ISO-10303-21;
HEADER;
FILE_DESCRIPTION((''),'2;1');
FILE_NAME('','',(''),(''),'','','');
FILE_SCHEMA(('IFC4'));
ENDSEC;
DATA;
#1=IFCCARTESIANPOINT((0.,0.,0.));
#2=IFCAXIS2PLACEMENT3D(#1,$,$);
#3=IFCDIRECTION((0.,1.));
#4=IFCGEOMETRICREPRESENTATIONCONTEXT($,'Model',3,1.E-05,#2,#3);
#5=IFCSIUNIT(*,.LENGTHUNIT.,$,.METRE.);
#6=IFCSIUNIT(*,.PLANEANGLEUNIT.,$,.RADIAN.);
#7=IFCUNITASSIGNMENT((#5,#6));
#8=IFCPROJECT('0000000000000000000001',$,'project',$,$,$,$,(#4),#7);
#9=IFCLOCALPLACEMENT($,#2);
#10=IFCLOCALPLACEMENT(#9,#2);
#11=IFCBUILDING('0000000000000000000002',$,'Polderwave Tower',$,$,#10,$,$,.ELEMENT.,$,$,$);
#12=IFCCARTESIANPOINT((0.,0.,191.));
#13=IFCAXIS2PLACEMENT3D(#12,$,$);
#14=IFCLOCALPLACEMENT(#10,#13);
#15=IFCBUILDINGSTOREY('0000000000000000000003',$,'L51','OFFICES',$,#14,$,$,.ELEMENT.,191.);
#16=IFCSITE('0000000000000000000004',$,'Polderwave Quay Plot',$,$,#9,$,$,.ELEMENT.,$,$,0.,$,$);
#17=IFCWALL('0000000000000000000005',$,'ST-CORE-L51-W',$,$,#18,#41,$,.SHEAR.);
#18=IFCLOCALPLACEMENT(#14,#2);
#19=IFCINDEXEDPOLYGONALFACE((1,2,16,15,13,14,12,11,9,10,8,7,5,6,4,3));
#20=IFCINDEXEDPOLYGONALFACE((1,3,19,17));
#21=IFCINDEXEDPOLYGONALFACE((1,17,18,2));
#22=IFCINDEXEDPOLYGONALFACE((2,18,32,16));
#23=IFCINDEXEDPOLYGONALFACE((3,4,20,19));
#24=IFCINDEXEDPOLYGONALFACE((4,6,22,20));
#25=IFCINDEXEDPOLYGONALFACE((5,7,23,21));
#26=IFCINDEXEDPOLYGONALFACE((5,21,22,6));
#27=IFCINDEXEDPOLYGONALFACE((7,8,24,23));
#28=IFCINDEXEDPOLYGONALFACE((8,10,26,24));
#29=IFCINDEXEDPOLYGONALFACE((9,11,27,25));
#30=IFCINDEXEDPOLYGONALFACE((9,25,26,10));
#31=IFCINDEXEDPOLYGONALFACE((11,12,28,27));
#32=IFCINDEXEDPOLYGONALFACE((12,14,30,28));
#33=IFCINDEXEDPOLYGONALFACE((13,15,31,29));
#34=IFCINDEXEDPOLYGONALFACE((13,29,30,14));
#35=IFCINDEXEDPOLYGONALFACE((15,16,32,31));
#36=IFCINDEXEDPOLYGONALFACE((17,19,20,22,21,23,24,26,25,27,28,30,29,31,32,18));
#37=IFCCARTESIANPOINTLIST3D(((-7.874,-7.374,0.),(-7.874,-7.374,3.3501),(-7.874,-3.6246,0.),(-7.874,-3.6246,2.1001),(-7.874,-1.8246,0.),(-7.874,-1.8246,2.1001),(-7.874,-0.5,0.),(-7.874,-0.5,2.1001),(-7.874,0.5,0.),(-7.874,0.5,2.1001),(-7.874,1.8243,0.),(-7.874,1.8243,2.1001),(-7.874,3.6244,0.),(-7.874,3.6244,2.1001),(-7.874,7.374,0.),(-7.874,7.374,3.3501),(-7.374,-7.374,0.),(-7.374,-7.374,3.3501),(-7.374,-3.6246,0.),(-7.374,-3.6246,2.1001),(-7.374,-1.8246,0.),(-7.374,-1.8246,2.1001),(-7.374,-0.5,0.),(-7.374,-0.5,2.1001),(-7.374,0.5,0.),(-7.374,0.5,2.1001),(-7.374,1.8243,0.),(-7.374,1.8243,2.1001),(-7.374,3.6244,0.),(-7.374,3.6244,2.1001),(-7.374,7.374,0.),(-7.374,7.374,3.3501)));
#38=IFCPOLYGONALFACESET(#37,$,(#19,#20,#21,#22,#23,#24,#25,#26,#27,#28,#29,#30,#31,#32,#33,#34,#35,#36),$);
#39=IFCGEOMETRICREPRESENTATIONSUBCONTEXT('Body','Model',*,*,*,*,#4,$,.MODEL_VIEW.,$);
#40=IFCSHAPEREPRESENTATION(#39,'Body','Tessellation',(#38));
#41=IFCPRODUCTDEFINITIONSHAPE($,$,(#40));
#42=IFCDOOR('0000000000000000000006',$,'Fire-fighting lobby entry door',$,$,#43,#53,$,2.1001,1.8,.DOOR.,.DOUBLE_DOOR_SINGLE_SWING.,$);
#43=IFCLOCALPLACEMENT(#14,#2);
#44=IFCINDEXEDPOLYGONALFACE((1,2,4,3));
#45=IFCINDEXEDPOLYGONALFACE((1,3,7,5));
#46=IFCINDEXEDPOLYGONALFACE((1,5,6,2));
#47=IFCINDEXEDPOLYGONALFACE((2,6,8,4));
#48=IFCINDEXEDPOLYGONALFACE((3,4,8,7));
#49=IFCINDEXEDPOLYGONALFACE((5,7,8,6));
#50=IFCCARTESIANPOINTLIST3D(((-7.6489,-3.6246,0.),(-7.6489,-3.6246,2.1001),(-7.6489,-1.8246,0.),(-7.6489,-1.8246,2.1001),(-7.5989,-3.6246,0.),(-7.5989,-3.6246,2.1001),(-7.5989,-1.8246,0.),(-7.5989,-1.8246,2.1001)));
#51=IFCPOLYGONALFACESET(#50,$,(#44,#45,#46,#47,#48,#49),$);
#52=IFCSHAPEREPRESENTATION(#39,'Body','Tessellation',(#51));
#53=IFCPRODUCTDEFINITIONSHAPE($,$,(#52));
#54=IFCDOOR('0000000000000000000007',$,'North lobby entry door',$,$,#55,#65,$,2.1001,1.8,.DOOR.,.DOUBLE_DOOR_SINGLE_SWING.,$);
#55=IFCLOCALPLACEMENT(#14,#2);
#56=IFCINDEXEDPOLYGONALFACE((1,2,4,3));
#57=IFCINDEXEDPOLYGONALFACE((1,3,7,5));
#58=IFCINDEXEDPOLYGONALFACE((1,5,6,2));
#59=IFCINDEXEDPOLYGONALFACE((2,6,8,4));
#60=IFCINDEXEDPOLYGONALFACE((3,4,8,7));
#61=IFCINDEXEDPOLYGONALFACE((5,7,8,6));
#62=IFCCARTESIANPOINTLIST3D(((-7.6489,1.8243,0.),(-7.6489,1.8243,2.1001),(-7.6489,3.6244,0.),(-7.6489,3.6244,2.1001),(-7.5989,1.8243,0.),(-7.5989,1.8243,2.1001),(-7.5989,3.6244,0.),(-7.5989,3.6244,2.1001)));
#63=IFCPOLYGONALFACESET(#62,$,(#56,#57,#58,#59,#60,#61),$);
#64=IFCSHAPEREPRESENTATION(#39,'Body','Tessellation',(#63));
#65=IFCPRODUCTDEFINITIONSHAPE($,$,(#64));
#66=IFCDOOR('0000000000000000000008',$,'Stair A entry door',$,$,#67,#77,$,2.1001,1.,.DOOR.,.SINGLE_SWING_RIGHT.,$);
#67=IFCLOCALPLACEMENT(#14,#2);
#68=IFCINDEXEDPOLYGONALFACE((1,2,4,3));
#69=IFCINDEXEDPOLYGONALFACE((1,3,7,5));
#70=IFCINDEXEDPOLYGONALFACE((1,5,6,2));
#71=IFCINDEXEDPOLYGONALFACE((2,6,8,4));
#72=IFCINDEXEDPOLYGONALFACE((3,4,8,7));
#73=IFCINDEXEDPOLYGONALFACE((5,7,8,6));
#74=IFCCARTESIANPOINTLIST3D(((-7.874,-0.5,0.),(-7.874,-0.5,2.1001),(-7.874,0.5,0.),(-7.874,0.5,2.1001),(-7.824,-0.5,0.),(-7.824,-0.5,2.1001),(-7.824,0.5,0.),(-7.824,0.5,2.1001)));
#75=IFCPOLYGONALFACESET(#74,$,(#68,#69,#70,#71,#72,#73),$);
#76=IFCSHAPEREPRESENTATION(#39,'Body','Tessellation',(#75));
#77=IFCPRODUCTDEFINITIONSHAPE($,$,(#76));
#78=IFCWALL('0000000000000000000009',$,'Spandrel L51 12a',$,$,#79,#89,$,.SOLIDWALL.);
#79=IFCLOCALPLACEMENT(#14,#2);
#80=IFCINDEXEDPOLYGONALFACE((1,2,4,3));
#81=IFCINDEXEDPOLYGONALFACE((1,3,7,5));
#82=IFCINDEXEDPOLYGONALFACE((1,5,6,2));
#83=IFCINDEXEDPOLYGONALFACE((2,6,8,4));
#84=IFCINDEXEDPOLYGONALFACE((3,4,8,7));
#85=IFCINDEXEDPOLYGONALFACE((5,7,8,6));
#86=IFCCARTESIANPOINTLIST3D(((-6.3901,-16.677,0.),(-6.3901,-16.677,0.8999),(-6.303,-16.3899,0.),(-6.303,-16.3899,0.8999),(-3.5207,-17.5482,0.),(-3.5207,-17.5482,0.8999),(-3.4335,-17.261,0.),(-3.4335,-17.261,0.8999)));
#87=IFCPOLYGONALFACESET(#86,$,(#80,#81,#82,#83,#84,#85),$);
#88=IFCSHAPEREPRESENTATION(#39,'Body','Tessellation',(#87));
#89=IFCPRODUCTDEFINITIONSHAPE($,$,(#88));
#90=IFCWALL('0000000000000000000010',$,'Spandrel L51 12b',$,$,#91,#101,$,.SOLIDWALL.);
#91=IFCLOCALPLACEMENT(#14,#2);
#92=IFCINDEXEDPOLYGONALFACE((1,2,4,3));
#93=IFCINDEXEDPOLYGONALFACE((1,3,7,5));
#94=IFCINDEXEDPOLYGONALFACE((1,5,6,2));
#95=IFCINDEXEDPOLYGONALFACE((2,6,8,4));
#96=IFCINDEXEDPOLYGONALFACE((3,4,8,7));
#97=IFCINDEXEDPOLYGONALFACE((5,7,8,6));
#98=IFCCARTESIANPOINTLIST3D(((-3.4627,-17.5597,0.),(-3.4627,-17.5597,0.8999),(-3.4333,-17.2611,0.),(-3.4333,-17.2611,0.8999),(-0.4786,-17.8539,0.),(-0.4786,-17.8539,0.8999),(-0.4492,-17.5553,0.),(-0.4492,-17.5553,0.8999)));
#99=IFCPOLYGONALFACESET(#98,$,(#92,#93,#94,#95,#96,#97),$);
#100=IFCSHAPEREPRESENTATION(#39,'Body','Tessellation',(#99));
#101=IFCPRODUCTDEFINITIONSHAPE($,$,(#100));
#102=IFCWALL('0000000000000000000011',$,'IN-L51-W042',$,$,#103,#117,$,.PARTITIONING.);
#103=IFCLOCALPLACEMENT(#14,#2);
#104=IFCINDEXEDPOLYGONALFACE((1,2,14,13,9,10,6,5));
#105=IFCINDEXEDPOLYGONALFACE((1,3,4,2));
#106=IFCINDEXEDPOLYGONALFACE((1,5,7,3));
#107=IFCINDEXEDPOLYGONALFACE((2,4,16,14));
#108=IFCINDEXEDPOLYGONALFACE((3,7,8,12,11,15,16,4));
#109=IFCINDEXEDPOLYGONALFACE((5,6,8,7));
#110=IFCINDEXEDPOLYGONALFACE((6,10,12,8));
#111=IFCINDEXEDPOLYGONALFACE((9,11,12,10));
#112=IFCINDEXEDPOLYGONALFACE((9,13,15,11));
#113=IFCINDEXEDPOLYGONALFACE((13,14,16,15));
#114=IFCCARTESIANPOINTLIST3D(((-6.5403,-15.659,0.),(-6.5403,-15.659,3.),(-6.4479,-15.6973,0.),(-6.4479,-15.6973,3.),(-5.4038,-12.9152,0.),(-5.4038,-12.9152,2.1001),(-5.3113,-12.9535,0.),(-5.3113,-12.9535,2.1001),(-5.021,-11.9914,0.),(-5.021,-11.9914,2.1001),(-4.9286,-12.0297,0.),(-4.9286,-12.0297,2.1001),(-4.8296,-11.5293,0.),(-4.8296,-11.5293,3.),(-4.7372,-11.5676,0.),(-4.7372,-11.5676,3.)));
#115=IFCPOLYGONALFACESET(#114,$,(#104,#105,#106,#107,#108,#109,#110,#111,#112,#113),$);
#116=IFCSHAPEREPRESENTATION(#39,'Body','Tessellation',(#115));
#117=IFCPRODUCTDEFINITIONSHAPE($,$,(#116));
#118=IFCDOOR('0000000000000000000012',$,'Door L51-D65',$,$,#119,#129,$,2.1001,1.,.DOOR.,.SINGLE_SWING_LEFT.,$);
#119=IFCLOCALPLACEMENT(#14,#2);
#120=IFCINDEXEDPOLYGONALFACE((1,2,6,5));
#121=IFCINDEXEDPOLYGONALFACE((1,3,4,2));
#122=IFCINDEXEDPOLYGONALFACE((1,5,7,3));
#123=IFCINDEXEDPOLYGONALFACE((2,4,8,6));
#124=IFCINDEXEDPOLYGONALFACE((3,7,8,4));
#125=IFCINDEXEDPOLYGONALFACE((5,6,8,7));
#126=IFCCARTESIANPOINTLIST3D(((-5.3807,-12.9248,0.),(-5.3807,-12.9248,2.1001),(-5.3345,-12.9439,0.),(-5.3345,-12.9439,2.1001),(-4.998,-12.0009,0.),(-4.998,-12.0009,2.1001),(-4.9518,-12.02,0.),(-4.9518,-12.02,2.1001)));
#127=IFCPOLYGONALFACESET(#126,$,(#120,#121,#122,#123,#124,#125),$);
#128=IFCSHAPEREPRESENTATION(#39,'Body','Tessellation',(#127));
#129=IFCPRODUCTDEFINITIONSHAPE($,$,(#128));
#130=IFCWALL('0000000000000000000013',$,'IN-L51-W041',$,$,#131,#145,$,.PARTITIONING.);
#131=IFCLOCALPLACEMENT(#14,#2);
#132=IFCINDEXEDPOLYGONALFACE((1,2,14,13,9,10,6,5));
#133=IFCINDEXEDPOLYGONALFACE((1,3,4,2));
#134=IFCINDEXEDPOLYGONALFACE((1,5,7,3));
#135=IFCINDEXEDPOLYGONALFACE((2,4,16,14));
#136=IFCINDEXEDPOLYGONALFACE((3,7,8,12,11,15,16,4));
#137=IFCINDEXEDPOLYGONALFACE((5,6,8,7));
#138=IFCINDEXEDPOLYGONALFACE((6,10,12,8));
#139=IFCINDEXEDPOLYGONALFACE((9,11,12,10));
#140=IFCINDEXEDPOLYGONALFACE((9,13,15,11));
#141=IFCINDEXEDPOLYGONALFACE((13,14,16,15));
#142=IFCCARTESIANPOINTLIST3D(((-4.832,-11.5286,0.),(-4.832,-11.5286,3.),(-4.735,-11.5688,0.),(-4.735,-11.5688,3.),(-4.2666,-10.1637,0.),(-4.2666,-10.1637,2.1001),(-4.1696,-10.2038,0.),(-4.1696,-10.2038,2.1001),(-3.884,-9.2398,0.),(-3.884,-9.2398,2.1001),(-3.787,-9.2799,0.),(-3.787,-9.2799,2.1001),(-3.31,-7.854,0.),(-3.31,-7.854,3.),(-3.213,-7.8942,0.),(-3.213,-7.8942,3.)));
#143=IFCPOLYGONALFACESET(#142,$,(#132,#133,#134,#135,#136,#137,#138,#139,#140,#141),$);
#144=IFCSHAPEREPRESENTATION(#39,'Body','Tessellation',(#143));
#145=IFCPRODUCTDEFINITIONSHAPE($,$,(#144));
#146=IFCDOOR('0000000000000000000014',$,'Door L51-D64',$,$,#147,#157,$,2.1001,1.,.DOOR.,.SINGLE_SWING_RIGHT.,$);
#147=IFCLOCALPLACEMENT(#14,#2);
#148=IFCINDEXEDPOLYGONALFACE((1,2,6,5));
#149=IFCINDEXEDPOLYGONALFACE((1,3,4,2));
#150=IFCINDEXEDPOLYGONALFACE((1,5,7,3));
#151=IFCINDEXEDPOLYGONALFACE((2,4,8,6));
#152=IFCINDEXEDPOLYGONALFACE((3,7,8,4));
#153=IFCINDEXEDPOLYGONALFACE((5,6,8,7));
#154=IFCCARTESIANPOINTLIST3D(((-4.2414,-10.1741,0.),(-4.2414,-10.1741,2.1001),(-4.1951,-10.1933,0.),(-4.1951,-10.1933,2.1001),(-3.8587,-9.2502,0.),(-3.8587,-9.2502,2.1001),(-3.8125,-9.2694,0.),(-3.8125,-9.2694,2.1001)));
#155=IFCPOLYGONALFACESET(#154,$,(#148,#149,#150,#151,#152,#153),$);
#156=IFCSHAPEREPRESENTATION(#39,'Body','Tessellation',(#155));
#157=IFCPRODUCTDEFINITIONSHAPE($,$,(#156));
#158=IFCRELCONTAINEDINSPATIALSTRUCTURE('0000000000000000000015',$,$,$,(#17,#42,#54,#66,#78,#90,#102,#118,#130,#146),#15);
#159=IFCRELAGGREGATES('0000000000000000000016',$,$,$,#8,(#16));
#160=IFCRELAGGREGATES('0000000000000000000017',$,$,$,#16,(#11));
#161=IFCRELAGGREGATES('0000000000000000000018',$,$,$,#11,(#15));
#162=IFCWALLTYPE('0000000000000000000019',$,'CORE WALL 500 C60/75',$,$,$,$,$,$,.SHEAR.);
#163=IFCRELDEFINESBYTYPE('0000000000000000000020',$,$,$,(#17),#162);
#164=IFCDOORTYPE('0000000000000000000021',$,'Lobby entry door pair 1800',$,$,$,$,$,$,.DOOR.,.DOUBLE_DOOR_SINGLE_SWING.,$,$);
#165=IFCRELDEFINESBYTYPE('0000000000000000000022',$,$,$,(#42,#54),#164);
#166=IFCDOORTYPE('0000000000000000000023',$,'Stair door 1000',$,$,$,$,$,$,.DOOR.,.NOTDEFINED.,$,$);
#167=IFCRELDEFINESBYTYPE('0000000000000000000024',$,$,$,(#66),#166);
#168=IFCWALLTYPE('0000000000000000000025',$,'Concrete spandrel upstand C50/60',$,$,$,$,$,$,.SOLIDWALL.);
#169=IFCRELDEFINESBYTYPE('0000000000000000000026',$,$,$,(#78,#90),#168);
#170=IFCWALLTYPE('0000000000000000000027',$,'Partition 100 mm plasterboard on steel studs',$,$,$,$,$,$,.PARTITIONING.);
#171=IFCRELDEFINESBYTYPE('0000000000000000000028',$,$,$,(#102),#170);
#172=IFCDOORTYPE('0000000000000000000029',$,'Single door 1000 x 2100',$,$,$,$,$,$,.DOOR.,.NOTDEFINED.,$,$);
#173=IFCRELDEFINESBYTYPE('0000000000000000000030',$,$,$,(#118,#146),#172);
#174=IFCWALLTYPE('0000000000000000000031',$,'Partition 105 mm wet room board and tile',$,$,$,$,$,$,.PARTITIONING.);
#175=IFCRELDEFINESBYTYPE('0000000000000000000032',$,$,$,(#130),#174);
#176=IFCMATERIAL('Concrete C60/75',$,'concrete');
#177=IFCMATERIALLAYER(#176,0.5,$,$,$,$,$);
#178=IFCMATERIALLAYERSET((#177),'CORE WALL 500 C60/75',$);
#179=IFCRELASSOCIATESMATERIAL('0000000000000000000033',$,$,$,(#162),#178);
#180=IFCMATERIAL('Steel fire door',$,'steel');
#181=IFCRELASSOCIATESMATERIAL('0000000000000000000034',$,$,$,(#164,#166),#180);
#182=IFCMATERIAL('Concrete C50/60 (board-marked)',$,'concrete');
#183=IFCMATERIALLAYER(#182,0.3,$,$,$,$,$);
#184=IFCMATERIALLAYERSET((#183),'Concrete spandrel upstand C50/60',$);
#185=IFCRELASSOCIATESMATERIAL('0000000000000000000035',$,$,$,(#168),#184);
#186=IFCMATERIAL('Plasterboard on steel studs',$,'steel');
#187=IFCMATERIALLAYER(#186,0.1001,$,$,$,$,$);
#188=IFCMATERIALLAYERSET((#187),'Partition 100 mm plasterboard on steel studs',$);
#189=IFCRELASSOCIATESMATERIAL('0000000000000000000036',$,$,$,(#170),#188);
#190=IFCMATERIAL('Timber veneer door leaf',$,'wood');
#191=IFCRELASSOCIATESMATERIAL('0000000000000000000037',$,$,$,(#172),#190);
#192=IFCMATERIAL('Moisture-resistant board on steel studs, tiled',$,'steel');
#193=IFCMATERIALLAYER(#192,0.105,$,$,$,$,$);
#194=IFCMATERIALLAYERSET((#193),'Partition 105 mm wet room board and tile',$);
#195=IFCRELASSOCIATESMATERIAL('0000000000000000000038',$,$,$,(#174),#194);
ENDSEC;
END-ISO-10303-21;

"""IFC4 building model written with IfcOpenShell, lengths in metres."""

from ifc_helpers import new_model, si_unit, direction, frame, frame_2d, origin, place, context, subcontext, project, spatial, rectangle, extrude, material, layer, layer_set, type_object, element, fill, save


model = new_model("IFC4")

# Units and contexts
model_context = context("Model", 3, precision=1e-05, world=origin(), true_north=direction((0.0, 1.0)))
body_context = subcontext(model_context, "Body", "Model", "MODEL_VIEW")
ifc_project = project(units=[si_unit("LENGTHUNIT", "METRE"), si_unit("PLANEANGLEUNIT", "RADIAN")], contexts=[model_context])

# Site, building, storey
site_placement = place(None, origin())
site = spatial("IfcSite", under=ifc_project, at=site_placement, Name="Polderwave Quay Plot", CompositionType="ELEMENT", RefElevation=0.0)
building_placement = place(site_placement, origin())
building = spatial("IfcBuilding", under=site, at=building_placement, Name="Polderwave Tower", CompositionType="ELEMENT")
storey_placement = place(building_placement, frame((0.0, 0.0, 191.0)))
storey = spatial("IfcBuildingStorey", under=building, at=storey_placement, Name="L51", Description="OFFICES", CompositionType="ELEMENT", Elevation=191.0)

# Shared definitions
ifc_material_1 = material(Name="Concrete C60/75", Category="concrete")

# Wall, openings, doors
ifc_layer_1 = layer(ifc_material_1, 0.5)
ifc_layer_set_1 = layer_set([ifc_layer_1], Name="CORE WALL 500 C60/75")
wall_type_1 = type_object("IfcWallType", Name="CORE WALL 500 C60/75", PredefinedType="SHEAR", material=ifc_layer_set_1)
wall_1_placement = place(storey_placement, frame((-7.624, -7.374, 0.0), z_axis=(0.0, 0.0, 1.0), x_axis=(0.0, 1.0, 0.0)))
wall_1 = element("IfcWall", 1, at=wall_1_placement, inside=storey, type_object=wall_type_1, Name="ST-CORE-L51-W", PredefinedType="SHEAR", context=body_context, shape_type="SweptSolid", body=[
    extrude(rectangle(XDim=14.748, YDim=0.5, at=frame_2d((7.374, 0.0))), origin(), (0.0, 0.0, 1.0), 3.3501),
])
opening_1_placement = place(wall_1_placement, frame((6.874, 0.0, 0.0)))
opening_1 = element("IfcOpeningElement", 2, at=opening_1_placement, cuts=wall_1, PredefinedType="OPENING", context=body_context, shape_type="SweptSolid", body=[
    extrude(rectangle(XDim=1.0, YDim=2.1001, at=frame_2d((0.5, 1.05))), frame((0.0, 0.26, 0.0), z_axis=(0.0, -1.0, 0.0), x_axis=(1.0, 0.0, 0.0)), (0.0, 0.0, 1.0), 0.52),
])
opening_2_placement = place(wall_1_placement, frame((3.7495, 0.0, 0.0)))
opening_2 = element("IfcOpeningElement", 3, at=opening_2_placement, cuts=wall_1, PredefinedType="OPENING", context=body_context, shape_type="SweptSolid", body=[
    extrude(rectangle(XDim=1.8, YDim=2.1001, at=frame_2d((0.8999, 1.05))), frame((0.0, 0.26, 0.0), z_axis=(0.0, -1.0, 0.0), x_axis=(1.0, 0.0, 0.0)), (0.0, 0.0, 1.0), 0.52),
])
opening_3_placement = place(wall_1_placement, frame((9.1985, 0.0, 0.0)))
opening_3 = element("IfcOpeningElement", 4, at=opening_3_placement, cuts=wall_1, PredefinedType="OPENING", context=body_context, shape_type="SweptSolid", body=[
    extrude(rectangle(XDim=1.8, YDim=2.1001, at=frame_2d((0.8999, 1.05))), frame((0.0, 0.26, 0.0), z_axis=(0.0, -1.0, 0.0), x_axis=(1.0, 0.0, 0.0)), (0.0, 0.0, 1.0), 0.52),
])
ifc_material_2 = material(Name="Steel fire door", Category="steel")
door_type_1 = type_object("IfcDoorType", Name="Lobby entry door pair 1800", OperationType="DOUBLE_DOOR_SINGLE_SWING", PredefinedType="DOOR", material=ifc_material_2)
door_1_placement = place(opening_2_placement, origin())
door_1 = element("IfcDoor", 5, at=door_1_placement, inside=storey, type_object=door_type_1, Name="Fire-fighting lobby entry door", OperationType="DOUBLE_DOOR_SINGLE_SWING", OverallHeight=2.1001, OverallWidth=1.8, PredefinedType="DOOR", context=body_context, shape_type="SweptSolid", body=[
    extrude(rectangle(XDim=1.8, YDim=2.1001, at=frame_2d((0.8999, 1.05))), frame((0.0, 0.0249, 0.0), z_axis=(0.0, -1.0, 0.0), x_axis=(1.0, 0.0, 0.0)), (0.0, 0.0, 1.0), 0.05),
])
fill(opening_2, door_1)
door_2_placement = place(opening_3_placement, origin())
door_2 = element("IfcDoor", 6, at=door_2_placement, inside=storey, type_object=door_type_1, Name="North lobby entry door", OperationType="DOUBLE_DOOR_SINGLE_SWING", OverallHeight=2.1001, OverallWidth=1.8, PredefinedType="DOOR", context=body_context, shape_type="SweptSolid", body=[
    extrude(rectangle(XDim=1.8, YDim=2.1001, at=frame_2d((0.8999, 1.05))), frame((0.0, 0.0249, 0.0), z_axis=(0.0, -1.0, 0.0), x_axis=(1.0, 0.0, 0.0)), (0.0, 0.0, 1.0), 0.05),
])
fill(opening_3, door_2)
door_type_2 = type_object("IfcDoorType", Name="Stair door 1000", OperationType="NOTDEFINED", PredefinedType="DOOR", material=ifc_material_2)
door_3_placement = place(opening_1_placement, origin())
door_3 = element("IfcDoor", 7, at=door_3_placement, inside=storey, type_object=door_type_2, Name="Stair A entry door", OperationType="SINGLE_SWING_RIGHT", OverallHeight=2.1001, OverallWidth=1.0, PredefinedType="DOOR", context=body_context, shape_type="SweptSolid", body=[
    extrude(rectangle(XDim=1.0, YDim=2.1001, at=frame_2d((0.5, 1.05))), frame((0.0, 0.25, 0.0), z_axis=(0.0, -1.0, 0.0), x_axis=(1.0, 0.0, 0.0)), (0.0, 0.0, 1.0), 0.05),
])
fill(opening_1, door_3)

# Walls
ifc_material_3 = material(Name="Concrete C50/60 (board-marked)", Category="concrete")
ifc_layer_2 = layer(ifc_material_3, 0.3)
ifc_layer_set_2 = layer_set([ifc_layer_2], Name="Concrete spandrel upstand C50/60")
wall_type_2 = type_object("IfcWallType", Name="Concrete spandrel upstand C50/60", PredefinedType="SOLIDWALL", material=ifc_layer_set_2)
wall_2_placement = place(storey_placement, frame((-6.3467, -16.5334, 0.0), z_axis=(0.0, 0.0, 1.0), x_axis=(0.956878, -0.290491, 0.0)))
element("IfcWall", 8, at=wall_2_placement, inside=storey, type_object=wall_type_2, Name="Spandrel L51 12a", PredefinedType="SOLIDWALL", context=body_context, shape_type="SweptSolid", body=[
    extrude(rectangle(XDim=2.9988, YDim=0.3, at=frame_2d((1.4995, 0.0))), origin(), (0.0, 0.0, 1.0), 0.8999),
])
wall_3_placement = place(storey_placement, frame((-3.448, -17.4104, 0.0), z_axis=(0.0, 0.0, 1.0), x_axis=(0.995176, -0.098109, 0.0)))
element("IfcWall", 9, at=wall_3_placement, inside=storey, type_object=wall_type_2, Name="Spandrel L51 12b", PredefinedType="SOLIDWALL", context=body_context, shape_type="SweptSolid", body=[
    extrude(rectangle(XDim=2.9985, YDim=0.3, at=frame_2d((1.4993, 0.0))), origin(), (0.0, 0.0, 1.0), 0.8999),
])

# Walls, openings, doors
ifc_material_4 = material(Name="Plasterboard on steel studs", Category="steel")
ifc_layer_3 = layer(ifc_material_4, 0.1001)
ifc_layer_set_3 = layer_set([ifc_layer_3], Name="Partition 100 mm plasterboard on steel studs")
wall_type_3 = type_object("IfcWallType", Name="Partition 100 mm plasterboard on steel studs", PredefinedType="PARTITIONING", material=ifc_layer_set_3)
wall_4_placement = place(storey_placement, frame((-4.7834, -11.5486, 0.0), z_axis=(0.0, 0.0, 1.0), x_axis=(-0.38271, -0.923868, 0.0)))
wall_4 = element("IfcWall", 10, at=wall_4_placement, inside=storey, type_object=wall_type_3, Name="IN-L51-W042", PredefinedType="PARTITIONING", context=body_context, shape_type="SweptSolid", body=[
    extrude(rectangle(XDim=4.47, YDim=0.1001, at=frame_2d((2.2349, 0.0))), origin(), (0.0, 0.0, 1.0), 3.0),
])
opening_4_placement = place(wall_4_placement, frame((0.5, 0.0, 0.0)))
opening_4 = element("IfcOpeningElement", 11, at=opening_4_placement, cuts=wall_4, PredefinedType="OPENING", context=body_context, shape_type="SweptSolid", body=[
    extrude(rectangle(XDim=1.0, YDim=2.1001, at=frame_2d((0.5, 1.05))), frame((0.0, 0.0601, 0.0), z_axis=(0.0, -1.0, 0.0), x_axis=(1.0, 0.0, 0.0)), (0.0, 0.0, 1.0), 0.1201),
])
ifc_material_5 = material(Name="Timber veneer door leaf", Category="wood")
door_type_3 = type_object("IfcDoorType", Name="Single door 1000 x 2100", OperationType="NOTDEFINED", PredefinedType="DOOR", material=ifc_material_5)
door_4_placement = place(opening_4_placement, origin())
door_4 = element("IfcDoor", 12, at=door_4_placement, inside=storey, type_object=door_type_3, Name="Door L51-D65", OperationType="SINGLE_SWING_LEFT", OverallHeight=2.1001, OverallWidth=1.0, PredefinedType="DOOR", context=body_context, shape_type="SweptSolid", body=[
    extrude(rectangle(XDim=1.0, YDim=2.1001, at=frame_2d((0.5, 1.05))), frame((0.0, 0.0249, 0.0), z_axis=(0.0, -1.0, 0.0), x_axis=(1.0, 0.0, 0.0)), (0.0, 0.0, 1.0), 0.05),
])
fill(opening_4, door_4)
ifc_material_6 = material(Name="Moisture-resistant board on steel studs, tiled", Category="steel")
ifc_layer_4 = layer(ifc_material_6, 0.105)
ifc_layer_set_4 = layer_set([ifc_layer_4], Name="Partition 105 mm wet room board and tile")
wall_type_4 = type_object("IfcWallType", Name="Partition 105 mm wet room board and tile", PredefinedType="PARTITIONING", material=ifc_layer_set_4)
wall_5_placement = place(storey_placement, frame((-3.2615, -7.874, 0.0), z_axis=(0.0, 0.0, 1.0), x_axis=(-0.382666, -0.923887, 0.0)))
wall_5 = element("IfcWall", 13, at=wall_5_placement, inside=storey, type_object=wall_type_4, Name="IN-L51-W041", PredefinedType="PARTITIONING", context=body_context, shape_type="SweptSolid", body=[
    extrude(rectangle(XDim=3.9773, YDim=0.105, at=frame_2d((1.9888, 0.0))), origin(), (0.0, 0.0, 1.0), 3.0),
])
opening_5_placement = place(wall_5_placement, frame((1.5, 0.0, 0.0)))
opening_5 = element("IfcOpeningElement", 14, at=opening_5_placement, cuts=wall_5, PredefinedType="OPENING", context=body_context, shape_type="SweptSolid", body=[
    extrude(rectangle(XDim=1.0, YDim=2.1001, at=frame_2d((0.5, 1.05))), frame((0.0, 0.0625, 0.0), z_axis=(0.0, -1.0, 0.0), x_axis=(1.0, 0.0, 0.0)), (0.0, 0.0, 1.0), 0.125),
])
door_5_placement = place(opening_5_placement, origin())
door_5 = element("IfcDoor", 15, at=door_5_placement, inside=storey, type_object=door_type_3, Name="Door L51-D64", OperationType="SINGLE_SWING_RIGHT", OverallHeight=2.1001, OverallWidth=1.0, PredefinedType="DOOR", context=body_context, shape_type="SweptSolid", body=[
    extrude(rectangle(XDim=1.0, YDim=2.1001, at=frame_2d((0.5, 1.05))), frame((0.0, 0.0249, 0.0), z_axis=(0.0, -1.0, 0.0), x_axis=(1.0, 0.0, 0.0)), (0.0, 0.0, 1.0), 0.05),
])
fill(opening_5, door_5)

save(model, "model.ifc")
